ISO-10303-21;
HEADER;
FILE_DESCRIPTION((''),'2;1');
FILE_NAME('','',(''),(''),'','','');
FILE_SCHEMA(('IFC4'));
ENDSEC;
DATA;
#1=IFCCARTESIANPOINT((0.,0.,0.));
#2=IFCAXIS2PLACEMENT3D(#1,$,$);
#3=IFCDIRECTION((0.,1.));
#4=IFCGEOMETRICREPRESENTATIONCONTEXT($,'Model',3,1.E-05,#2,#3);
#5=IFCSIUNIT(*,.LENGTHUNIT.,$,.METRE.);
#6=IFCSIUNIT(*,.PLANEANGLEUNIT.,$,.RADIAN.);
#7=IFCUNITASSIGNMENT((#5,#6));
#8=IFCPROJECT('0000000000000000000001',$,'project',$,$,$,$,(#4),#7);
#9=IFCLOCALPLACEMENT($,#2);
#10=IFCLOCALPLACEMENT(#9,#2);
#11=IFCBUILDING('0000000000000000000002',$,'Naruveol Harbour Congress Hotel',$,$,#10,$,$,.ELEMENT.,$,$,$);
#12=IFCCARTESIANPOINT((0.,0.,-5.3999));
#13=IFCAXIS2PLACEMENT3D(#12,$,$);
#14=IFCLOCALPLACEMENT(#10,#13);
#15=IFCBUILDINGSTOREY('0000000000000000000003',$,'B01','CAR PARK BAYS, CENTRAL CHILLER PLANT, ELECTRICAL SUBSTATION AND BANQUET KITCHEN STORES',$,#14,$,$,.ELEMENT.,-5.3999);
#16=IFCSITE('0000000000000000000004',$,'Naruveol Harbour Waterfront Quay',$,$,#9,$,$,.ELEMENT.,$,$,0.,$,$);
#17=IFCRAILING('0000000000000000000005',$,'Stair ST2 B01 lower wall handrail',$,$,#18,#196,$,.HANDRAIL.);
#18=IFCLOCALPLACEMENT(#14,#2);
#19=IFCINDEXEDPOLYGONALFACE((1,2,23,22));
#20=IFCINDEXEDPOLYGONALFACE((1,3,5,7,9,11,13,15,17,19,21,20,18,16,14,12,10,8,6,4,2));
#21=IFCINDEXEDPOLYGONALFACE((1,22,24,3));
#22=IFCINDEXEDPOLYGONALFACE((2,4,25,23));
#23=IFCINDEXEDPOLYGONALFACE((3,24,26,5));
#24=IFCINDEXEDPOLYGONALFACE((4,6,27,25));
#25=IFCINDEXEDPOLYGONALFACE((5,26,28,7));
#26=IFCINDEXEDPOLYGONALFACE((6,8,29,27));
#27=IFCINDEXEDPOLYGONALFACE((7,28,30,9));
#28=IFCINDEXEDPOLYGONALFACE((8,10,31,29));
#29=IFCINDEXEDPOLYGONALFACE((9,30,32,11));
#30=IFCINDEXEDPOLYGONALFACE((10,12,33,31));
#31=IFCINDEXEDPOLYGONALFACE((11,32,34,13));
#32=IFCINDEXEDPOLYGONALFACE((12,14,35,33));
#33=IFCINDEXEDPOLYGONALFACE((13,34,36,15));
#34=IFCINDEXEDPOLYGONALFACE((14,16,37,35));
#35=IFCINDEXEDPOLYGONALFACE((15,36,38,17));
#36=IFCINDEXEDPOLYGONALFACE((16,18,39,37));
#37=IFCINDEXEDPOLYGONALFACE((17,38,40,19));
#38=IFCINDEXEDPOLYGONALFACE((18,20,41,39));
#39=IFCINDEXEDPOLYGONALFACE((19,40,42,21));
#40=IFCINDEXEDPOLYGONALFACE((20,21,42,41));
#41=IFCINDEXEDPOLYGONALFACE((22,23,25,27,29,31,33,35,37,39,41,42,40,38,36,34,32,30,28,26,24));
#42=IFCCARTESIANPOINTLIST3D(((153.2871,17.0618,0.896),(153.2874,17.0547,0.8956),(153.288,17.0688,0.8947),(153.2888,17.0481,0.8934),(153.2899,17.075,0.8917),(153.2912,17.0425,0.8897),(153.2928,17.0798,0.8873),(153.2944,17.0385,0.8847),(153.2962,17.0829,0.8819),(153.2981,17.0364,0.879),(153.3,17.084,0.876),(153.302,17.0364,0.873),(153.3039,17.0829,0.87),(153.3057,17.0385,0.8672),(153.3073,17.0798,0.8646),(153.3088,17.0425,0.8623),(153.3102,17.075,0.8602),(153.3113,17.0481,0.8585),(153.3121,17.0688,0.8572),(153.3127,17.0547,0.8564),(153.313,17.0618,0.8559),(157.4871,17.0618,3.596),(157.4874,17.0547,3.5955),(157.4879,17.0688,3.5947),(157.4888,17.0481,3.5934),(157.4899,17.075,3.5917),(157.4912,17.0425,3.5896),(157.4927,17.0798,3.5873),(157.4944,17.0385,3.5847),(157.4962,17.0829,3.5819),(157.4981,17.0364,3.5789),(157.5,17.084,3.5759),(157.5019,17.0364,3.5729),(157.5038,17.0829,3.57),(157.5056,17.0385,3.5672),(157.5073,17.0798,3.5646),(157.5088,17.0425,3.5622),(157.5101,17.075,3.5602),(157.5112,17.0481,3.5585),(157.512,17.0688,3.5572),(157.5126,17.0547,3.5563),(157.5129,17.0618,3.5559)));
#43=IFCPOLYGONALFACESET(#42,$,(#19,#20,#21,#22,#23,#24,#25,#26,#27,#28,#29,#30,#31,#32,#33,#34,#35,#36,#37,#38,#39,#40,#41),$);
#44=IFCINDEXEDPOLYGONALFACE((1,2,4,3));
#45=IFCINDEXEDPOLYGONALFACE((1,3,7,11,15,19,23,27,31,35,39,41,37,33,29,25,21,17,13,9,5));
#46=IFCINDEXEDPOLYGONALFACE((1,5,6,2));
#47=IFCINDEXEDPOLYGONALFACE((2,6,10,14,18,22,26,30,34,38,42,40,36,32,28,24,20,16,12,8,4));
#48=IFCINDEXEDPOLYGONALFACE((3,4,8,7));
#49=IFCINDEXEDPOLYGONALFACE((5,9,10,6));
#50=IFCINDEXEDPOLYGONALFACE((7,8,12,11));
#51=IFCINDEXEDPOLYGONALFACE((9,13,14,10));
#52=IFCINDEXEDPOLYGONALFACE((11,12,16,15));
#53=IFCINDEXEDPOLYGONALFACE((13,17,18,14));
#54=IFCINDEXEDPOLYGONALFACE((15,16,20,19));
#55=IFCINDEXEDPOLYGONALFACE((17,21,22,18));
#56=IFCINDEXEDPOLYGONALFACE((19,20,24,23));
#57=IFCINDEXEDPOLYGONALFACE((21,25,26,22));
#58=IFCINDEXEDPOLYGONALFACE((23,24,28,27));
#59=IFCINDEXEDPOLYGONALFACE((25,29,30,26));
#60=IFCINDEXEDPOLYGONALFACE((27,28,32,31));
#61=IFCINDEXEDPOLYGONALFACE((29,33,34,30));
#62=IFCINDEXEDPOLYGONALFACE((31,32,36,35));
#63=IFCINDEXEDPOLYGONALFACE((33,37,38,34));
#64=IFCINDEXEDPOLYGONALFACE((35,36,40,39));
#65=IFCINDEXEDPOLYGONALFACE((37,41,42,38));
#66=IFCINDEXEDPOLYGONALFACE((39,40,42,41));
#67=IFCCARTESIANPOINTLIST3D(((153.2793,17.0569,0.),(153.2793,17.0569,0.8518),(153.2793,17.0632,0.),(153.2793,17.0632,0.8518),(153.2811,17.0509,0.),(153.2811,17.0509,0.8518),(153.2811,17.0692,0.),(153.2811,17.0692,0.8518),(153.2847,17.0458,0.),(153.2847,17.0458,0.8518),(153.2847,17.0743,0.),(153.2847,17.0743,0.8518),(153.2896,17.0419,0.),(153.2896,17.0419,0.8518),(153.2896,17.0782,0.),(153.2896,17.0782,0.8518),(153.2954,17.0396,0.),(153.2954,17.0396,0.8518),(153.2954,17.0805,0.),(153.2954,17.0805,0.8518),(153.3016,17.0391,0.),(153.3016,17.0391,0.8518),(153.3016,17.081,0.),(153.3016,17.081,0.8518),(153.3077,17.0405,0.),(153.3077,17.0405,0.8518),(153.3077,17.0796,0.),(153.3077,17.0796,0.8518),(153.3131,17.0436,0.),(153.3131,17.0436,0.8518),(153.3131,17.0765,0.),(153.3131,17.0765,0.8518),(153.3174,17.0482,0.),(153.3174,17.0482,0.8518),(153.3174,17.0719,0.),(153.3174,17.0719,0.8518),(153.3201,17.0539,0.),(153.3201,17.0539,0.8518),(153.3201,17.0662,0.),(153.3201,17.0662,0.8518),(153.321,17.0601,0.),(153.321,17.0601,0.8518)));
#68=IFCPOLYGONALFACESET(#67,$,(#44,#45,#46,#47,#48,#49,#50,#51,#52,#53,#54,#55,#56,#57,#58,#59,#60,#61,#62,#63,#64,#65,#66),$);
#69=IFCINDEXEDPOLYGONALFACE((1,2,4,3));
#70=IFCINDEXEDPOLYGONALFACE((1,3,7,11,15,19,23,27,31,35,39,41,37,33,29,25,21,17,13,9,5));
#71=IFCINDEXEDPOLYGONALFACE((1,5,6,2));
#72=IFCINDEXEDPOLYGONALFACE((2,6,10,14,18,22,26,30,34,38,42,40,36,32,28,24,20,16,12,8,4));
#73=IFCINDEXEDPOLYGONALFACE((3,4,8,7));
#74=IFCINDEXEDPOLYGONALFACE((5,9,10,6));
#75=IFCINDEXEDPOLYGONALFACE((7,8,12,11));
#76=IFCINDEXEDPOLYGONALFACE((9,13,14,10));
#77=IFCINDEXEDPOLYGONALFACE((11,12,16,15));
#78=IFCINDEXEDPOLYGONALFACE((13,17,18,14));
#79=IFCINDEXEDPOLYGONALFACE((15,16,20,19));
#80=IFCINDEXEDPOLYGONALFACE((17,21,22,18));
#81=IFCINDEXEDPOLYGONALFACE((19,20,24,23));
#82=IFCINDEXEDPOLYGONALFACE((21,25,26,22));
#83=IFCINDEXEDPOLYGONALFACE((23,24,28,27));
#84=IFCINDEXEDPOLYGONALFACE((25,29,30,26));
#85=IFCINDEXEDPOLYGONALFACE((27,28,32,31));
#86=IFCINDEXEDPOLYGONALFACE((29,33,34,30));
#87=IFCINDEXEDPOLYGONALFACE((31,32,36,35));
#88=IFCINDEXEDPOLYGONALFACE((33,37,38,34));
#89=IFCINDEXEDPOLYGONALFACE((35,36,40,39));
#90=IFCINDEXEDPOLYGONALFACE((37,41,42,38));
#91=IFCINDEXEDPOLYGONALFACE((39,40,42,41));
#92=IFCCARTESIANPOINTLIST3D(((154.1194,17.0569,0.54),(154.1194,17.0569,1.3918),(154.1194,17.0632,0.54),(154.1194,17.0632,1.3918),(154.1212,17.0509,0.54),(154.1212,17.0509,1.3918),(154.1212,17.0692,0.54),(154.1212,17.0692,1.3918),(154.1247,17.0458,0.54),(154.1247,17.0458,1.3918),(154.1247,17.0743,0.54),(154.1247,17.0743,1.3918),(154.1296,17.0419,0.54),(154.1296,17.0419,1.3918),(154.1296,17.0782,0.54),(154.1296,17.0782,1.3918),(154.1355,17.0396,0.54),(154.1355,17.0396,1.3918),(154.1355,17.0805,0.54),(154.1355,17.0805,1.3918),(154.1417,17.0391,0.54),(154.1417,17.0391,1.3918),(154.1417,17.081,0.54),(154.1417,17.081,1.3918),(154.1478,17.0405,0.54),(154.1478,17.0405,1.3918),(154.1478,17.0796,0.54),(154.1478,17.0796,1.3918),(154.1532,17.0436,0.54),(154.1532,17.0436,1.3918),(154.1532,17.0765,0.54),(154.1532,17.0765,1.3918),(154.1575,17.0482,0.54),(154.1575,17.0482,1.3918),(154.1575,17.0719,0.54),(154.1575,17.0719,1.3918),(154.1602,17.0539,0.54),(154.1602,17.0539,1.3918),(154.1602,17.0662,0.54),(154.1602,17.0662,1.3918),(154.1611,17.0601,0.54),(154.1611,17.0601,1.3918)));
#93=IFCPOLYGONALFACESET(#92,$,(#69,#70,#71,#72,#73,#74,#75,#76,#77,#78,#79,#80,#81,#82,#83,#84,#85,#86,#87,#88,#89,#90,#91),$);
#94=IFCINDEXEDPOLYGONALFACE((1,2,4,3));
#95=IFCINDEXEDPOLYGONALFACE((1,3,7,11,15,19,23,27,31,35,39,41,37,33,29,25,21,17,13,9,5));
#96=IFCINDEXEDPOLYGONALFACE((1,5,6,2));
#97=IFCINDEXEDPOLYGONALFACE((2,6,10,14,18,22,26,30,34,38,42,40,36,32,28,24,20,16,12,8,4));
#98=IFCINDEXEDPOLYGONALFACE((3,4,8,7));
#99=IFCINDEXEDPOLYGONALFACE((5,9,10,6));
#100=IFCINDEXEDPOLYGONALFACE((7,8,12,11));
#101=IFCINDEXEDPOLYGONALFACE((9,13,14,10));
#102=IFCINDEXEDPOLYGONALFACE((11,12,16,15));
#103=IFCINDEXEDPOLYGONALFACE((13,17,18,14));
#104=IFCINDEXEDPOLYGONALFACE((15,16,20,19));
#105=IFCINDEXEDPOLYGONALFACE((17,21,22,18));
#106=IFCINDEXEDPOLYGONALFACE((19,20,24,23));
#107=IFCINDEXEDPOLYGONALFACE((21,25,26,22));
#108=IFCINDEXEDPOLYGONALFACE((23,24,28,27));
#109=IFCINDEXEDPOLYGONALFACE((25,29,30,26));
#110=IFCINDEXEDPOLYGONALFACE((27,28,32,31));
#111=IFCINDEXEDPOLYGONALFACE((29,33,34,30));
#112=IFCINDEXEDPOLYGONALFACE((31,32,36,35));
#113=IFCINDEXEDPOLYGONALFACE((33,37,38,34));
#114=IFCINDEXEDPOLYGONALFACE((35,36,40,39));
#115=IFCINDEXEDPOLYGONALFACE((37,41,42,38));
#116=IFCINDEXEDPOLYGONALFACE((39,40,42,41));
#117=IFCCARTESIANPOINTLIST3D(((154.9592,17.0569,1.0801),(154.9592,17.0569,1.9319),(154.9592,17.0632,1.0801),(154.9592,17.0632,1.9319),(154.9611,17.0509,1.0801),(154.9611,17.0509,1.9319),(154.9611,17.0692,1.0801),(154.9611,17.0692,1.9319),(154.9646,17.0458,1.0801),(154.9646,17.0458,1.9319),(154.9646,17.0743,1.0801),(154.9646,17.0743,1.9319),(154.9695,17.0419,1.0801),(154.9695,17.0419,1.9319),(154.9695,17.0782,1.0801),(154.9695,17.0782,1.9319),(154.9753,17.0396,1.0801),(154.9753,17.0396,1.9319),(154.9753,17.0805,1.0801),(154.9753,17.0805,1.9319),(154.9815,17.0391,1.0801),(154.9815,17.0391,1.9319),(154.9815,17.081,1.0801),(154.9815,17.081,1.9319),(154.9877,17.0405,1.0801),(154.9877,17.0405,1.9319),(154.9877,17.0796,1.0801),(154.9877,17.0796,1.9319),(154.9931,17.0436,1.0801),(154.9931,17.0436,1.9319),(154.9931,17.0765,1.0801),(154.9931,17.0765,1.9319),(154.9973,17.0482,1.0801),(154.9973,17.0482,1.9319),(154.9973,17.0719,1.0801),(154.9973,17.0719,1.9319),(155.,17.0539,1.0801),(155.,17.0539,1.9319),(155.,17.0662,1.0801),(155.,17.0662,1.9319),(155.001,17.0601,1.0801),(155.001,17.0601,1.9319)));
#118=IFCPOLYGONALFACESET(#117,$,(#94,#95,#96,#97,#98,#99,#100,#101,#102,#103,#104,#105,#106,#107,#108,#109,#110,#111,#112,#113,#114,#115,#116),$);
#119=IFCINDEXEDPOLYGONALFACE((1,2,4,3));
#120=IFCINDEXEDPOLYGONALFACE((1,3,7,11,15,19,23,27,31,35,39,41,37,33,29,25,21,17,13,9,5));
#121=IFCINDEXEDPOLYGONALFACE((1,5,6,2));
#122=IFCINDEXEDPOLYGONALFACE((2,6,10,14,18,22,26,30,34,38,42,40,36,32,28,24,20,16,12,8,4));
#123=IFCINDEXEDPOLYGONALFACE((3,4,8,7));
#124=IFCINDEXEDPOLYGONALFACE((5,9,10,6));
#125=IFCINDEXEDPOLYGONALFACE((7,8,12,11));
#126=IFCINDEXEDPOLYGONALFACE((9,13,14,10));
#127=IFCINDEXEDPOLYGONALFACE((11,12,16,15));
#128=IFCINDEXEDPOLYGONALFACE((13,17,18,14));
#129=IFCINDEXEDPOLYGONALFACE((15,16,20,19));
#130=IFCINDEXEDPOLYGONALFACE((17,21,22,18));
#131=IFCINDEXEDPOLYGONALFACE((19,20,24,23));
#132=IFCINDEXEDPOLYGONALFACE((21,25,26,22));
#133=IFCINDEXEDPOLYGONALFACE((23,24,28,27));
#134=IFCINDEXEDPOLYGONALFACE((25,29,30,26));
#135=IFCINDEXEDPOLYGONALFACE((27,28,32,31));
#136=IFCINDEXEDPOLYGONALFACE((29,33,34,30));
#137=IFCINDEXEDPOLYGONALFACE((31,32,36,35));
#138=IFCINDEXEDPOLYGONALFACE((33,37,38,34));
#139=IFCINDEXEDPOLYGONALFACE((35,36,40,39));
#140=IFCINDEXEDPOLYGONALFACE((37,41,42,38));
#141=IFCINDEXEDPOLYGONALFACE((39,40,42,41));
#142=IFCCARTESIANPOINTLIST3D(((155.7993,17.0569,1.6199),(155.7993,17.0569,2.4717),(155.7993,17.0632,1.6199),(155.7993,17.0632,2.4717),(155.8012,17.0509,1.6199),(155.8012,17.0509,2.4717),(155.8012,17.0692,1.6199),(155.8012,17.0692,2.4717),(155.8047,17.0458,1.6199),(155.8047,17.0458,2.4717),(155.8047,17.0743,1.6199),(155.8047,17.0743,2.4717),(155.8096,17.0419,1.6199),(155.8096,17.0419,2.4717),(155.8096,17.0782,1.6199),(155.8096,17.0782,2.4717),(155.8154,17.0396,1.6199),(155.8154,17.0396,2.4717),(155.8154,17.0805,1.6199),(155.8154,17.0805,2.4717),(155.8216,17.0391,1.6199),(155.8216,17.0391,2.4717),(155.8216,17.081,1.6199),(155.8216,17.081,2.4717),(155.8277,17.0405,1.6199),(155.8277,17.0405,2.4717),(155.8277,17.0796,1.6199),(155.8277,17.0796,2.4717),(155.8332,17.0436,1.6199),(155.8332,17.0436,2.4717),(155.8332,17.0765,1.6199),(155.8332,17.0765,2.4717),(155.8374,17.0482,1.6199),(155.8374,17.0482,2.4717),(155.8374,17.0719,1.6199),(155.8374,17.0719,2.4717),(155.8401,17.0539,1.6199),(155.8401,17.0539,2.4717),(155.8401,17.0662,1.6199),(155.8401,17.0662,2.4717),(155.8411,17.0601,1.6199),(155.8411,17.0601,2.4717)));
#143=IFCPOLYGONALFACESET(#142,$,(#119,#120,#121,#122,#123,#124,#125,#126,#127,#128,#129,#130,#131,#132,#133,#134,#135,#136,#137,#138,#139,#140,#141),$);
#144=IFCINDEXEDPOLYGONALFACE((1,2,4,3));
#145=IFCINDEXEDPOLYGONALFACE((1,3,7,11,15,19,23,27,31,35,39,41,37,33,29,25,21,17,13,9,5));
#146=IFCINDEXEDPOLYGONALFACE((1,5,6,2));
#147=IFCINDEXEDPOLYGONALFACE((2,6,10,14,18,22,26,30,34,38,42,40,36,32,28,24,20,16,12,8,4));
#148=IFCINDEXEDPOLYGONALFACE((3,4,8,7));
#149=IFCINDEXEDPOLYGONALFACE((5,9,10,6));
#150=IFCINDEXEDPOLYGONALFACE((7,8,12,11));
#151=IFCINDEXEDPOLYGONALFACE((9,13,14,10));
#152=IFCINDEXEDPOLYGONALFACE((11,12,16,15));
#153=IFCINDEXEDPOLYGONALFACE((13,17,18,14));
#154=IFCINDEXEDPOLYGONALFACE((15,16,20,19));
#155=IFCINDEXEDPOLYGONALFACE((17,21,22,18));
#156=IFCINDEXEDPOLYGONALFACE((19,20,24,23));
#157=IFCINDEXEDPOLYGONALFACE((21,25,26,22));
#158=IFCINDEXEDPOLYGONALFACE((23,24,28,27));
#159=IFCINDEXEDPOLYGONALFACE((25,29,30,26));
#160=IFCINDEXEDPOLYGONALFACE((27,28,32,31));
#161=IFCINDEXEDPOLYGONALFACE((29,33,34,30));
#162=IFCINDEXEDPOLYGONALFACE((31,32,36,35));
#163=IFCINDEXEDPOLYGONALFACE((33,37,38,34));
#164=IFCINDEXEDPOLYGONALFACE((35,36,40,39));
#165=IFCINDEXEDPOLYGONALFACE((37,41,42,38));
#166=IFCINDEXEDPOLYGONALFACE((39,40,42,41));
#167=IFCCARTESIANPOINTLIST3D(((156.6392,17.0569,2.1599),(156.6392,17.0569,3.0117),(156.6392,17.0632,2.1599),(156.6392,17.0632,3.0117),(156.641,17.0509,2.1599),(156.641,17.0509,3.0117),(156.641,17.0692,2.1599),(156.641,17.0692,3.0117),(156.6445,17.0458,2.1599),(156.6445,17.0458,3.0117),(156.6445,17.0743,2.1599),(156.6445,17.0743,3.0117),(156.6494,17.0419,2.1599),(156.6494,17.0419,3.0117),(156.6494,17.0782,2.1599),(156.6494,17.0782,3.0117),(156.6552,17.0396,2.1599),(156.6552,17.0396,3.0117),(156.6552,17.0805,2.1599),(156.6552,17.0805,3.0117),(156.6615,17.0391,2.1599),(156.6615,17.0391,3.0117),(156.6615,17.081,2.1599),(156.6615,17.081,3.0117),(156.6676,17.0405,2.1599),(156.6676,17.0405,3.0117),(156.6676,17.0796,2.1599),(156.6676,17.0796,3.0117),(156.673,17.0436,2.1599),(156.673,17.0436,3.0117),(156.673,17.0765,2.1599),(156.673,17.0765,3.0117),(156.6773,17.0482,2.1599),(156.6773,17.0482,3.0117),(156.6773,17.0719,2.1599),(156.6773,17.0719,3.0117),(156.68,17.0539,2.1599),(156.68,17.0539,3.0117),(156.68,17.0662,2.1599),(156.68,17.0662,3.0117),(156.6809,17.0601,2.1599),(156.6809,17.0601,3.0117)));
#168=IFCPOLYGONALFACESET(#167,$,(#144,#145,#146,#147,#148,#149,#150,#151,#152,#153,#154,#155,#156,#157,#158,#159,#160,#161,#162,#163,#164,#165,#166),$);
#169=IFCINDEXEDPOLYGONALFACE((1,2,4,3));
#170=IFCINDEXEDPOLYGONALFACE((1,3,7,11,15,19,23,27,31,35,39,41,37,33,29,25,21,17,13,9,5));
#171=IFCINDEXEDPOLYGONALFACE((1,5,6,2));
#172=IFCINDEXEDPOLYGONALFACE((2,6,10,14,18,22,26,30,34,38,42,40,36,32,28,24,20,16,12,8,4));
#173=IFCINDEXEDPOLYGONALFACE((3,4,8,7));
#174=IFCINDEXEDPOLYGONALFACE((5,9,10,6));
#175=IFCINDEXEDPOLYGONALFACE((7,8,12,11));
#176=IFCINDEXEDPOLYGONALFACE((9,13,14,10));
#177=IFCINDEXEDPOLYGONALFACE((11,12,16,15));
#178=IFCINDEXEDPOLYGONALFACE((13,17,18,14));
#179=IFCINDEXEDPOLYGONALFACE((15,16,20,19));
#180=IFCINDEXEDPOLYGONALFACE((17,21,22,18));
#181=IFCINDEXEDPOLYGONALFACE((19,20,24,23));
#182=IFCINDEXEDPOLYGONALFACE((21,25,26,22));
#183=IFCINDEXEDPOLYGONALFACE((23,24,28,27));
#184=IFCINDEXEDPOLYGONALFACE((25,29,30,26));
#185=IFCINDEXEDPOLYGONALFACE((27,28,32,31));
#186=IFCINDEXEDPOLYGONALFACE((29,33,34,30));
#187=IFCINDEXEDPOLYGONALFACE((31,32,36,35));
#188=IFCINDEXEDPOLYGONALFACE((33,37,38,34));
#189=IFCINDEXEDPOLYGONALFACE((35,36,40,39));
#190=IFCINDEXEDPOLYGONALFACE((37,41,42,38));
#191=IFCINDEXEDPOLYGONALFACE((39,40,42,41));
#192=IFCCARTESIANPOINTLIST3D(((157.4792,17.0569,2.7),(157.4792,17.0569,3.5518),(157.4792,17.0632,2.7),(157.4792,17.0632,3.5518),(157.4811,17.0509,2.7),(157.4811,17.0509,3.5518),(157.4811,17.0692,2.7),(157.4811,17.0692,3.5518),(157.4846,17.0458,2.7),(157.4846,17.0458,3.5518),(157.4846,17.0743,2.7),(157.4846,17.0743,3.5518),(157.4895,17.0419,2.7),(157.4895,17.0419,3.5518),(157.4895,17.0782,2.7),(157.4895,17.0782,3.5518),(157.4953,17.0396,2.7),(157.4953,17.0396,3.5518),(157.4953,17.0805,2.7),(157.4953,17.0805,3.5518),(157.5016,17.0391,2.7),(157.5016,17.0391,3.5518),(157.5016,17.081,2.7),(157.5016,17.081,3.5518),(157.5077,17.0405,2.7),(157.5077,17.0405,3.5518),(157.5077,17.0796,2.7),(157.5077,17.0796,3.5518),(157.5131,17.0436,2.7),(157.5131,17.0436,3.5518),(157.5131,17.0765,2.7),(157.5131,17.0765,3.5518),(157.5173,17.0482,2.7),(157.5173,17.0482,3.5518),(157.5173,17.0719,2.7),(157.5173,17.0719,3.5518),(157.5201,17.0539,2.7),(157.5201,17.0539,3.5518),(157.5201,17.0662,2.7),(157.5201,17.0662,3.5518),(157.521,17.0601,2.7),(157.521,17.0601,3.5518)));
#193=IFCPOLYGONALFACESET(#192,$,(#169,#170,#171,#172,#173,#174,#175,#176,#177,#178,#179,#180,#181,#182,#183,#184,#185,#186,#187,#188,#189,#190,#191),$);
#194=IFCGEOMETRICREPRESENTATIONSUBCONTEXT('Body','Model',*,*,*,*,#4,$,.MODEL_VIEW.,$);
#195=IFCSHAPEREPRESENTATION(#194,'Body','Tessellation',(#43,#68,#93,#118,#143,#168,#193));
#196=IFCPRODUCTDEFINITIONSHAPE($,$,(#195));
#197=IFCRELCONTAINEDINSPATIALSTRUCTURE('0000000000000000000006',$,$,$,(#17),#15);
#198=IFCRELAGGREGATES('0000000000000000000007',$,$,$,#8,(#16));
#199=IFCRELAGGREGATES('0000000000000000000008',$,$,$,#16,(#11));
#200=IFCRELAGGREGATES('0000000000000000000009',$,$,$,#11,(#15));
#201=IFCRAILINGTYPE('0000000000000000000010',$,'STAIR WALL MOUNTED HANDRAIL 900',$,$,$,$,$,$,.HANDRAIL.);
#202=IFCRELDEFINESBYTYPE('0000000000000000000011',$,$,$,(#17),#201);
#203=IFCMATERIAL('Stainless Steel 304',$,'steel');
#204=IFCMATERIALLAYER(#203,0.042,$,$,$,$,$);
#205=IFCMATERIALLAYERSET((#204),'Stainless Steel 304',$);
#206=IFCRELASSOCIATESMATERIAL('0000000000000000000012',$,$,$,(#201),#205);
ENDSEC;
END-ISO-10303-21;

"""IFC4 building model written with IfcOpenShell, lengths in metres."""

from ifc_helpers import new_model, si_unit, direction, frame, origin, origin_2d, place, context, subcontext, project, spatial, circle, extrude, material, layer, layer_set, type_object, element, save


model = new_model("IFC4")

# Units and contexts
model_context = context("Model", 3, precision=1e-05, world=origin(), true_north=direction((0.0, 1.0)))
body_context = subcontext(model_context, "Body", "Model", "MODEL_VIEW")
ifc_project = project(units=[si_unit("LENGTHUNIT", "METRE"), si_unit("PLANEANGLEUNIT", "RADIAN")], contexts=[model_context])

# Site, building, storey
site_placement = place(None, origin())
site = spatial("IfcSite", under=ifc_project, at=site_placement, Name="Naruveol Harbour Waterfront Quay", CompositionType="ELEMENT", RefElevation=0.0)
building_placement = place(site_placement, origin())
building = spatial("IfcBuilding", under=site, at=building_placement, Name="Naruveol Harbour Congress Hotel", CompositionType="ELEMENT")
storey_placement = place(building_placement, frame((0.0, 0.0, -5.3999)))
storey = spatial("IfcBuildingStorey", under=building, at=storey_placement, Name="B01", Description="CAR PARK BAYS, CENTRAL CHILLER PLANT, ELECTRICAL SUBSTATION AND BANQUET KITCHEN STORES", CompositionType="ELEMENT", Elevation=-5.3999)

# Railing
ifc_material_1 = material(Name="Stainless Steel 304", Category="steel")
ifc_layer_1 = layer(ifc_material_1, 0.042)
ifc_layer_set_1 = layer_set([ifc_layer_1], Name="Stainless Steel 304")
railing_type = type_object("IfcRailingType", Name="STAIR WALL MOUNTED HANDRAIL 900", PredefinedType="HANDRAIL", material=ifc_layer_set_1)
railing_placement = place(storey_placement, frame((153.3, 17.0601, 0.0)))
element("IfcRailing", 1, at=railing_placement, inside=storey, type_object=railing_type, Name="Stair ST2 B01 lower wall handrail", PredefinedType="HANDRAIL", context=body_context, shape_type="SweptSolid", body=[
    extrude(circle(Radius=0.0239, at=origin_2d()), frame((0.0, 0.0, 0.876), z_axis=(0.84118, 0.0, 0.540755), x_axis=(0.0, 1.0, 0.0)), (0.0, 0.0, 1.0), 4.9929),
    extrude(circle(Radius=0.021, at=origin_2d()), origin(), (0.0, 0.0, 1.0), 0.8518),
    extrude(circle(Radius=0.021, at=origin_2d()), frame((0.8401, 0.0, 0.54)), (0.0, 0.0, 1.0), 0.8518),
    extrude(circle(Radius=0.021, at=origin_2d()), frame((1.6799, 0.0, 1.0801)), (0.0, 0.0, 1.0), 0.8518),
    extrude(circle(Radius=0.021, at=origin_2d()), frame((2.52, 0.0, 1.6199)), (0.0, 0.0, 1.0), 0.8518),
    extrude(circle(Radius=0.021, at=origin_2d()), frame((3.3599, 0.0, 2.1599)), (0.0, 0.0, 1.0), 0.8518),
    extrude(circle(Radius=0.021, at=origin_2d()), frame((4.2, 0.0, 2.7)), (0.0, 0.0, 1.0), 0.8518),
])

save(model, "model.ifc")
